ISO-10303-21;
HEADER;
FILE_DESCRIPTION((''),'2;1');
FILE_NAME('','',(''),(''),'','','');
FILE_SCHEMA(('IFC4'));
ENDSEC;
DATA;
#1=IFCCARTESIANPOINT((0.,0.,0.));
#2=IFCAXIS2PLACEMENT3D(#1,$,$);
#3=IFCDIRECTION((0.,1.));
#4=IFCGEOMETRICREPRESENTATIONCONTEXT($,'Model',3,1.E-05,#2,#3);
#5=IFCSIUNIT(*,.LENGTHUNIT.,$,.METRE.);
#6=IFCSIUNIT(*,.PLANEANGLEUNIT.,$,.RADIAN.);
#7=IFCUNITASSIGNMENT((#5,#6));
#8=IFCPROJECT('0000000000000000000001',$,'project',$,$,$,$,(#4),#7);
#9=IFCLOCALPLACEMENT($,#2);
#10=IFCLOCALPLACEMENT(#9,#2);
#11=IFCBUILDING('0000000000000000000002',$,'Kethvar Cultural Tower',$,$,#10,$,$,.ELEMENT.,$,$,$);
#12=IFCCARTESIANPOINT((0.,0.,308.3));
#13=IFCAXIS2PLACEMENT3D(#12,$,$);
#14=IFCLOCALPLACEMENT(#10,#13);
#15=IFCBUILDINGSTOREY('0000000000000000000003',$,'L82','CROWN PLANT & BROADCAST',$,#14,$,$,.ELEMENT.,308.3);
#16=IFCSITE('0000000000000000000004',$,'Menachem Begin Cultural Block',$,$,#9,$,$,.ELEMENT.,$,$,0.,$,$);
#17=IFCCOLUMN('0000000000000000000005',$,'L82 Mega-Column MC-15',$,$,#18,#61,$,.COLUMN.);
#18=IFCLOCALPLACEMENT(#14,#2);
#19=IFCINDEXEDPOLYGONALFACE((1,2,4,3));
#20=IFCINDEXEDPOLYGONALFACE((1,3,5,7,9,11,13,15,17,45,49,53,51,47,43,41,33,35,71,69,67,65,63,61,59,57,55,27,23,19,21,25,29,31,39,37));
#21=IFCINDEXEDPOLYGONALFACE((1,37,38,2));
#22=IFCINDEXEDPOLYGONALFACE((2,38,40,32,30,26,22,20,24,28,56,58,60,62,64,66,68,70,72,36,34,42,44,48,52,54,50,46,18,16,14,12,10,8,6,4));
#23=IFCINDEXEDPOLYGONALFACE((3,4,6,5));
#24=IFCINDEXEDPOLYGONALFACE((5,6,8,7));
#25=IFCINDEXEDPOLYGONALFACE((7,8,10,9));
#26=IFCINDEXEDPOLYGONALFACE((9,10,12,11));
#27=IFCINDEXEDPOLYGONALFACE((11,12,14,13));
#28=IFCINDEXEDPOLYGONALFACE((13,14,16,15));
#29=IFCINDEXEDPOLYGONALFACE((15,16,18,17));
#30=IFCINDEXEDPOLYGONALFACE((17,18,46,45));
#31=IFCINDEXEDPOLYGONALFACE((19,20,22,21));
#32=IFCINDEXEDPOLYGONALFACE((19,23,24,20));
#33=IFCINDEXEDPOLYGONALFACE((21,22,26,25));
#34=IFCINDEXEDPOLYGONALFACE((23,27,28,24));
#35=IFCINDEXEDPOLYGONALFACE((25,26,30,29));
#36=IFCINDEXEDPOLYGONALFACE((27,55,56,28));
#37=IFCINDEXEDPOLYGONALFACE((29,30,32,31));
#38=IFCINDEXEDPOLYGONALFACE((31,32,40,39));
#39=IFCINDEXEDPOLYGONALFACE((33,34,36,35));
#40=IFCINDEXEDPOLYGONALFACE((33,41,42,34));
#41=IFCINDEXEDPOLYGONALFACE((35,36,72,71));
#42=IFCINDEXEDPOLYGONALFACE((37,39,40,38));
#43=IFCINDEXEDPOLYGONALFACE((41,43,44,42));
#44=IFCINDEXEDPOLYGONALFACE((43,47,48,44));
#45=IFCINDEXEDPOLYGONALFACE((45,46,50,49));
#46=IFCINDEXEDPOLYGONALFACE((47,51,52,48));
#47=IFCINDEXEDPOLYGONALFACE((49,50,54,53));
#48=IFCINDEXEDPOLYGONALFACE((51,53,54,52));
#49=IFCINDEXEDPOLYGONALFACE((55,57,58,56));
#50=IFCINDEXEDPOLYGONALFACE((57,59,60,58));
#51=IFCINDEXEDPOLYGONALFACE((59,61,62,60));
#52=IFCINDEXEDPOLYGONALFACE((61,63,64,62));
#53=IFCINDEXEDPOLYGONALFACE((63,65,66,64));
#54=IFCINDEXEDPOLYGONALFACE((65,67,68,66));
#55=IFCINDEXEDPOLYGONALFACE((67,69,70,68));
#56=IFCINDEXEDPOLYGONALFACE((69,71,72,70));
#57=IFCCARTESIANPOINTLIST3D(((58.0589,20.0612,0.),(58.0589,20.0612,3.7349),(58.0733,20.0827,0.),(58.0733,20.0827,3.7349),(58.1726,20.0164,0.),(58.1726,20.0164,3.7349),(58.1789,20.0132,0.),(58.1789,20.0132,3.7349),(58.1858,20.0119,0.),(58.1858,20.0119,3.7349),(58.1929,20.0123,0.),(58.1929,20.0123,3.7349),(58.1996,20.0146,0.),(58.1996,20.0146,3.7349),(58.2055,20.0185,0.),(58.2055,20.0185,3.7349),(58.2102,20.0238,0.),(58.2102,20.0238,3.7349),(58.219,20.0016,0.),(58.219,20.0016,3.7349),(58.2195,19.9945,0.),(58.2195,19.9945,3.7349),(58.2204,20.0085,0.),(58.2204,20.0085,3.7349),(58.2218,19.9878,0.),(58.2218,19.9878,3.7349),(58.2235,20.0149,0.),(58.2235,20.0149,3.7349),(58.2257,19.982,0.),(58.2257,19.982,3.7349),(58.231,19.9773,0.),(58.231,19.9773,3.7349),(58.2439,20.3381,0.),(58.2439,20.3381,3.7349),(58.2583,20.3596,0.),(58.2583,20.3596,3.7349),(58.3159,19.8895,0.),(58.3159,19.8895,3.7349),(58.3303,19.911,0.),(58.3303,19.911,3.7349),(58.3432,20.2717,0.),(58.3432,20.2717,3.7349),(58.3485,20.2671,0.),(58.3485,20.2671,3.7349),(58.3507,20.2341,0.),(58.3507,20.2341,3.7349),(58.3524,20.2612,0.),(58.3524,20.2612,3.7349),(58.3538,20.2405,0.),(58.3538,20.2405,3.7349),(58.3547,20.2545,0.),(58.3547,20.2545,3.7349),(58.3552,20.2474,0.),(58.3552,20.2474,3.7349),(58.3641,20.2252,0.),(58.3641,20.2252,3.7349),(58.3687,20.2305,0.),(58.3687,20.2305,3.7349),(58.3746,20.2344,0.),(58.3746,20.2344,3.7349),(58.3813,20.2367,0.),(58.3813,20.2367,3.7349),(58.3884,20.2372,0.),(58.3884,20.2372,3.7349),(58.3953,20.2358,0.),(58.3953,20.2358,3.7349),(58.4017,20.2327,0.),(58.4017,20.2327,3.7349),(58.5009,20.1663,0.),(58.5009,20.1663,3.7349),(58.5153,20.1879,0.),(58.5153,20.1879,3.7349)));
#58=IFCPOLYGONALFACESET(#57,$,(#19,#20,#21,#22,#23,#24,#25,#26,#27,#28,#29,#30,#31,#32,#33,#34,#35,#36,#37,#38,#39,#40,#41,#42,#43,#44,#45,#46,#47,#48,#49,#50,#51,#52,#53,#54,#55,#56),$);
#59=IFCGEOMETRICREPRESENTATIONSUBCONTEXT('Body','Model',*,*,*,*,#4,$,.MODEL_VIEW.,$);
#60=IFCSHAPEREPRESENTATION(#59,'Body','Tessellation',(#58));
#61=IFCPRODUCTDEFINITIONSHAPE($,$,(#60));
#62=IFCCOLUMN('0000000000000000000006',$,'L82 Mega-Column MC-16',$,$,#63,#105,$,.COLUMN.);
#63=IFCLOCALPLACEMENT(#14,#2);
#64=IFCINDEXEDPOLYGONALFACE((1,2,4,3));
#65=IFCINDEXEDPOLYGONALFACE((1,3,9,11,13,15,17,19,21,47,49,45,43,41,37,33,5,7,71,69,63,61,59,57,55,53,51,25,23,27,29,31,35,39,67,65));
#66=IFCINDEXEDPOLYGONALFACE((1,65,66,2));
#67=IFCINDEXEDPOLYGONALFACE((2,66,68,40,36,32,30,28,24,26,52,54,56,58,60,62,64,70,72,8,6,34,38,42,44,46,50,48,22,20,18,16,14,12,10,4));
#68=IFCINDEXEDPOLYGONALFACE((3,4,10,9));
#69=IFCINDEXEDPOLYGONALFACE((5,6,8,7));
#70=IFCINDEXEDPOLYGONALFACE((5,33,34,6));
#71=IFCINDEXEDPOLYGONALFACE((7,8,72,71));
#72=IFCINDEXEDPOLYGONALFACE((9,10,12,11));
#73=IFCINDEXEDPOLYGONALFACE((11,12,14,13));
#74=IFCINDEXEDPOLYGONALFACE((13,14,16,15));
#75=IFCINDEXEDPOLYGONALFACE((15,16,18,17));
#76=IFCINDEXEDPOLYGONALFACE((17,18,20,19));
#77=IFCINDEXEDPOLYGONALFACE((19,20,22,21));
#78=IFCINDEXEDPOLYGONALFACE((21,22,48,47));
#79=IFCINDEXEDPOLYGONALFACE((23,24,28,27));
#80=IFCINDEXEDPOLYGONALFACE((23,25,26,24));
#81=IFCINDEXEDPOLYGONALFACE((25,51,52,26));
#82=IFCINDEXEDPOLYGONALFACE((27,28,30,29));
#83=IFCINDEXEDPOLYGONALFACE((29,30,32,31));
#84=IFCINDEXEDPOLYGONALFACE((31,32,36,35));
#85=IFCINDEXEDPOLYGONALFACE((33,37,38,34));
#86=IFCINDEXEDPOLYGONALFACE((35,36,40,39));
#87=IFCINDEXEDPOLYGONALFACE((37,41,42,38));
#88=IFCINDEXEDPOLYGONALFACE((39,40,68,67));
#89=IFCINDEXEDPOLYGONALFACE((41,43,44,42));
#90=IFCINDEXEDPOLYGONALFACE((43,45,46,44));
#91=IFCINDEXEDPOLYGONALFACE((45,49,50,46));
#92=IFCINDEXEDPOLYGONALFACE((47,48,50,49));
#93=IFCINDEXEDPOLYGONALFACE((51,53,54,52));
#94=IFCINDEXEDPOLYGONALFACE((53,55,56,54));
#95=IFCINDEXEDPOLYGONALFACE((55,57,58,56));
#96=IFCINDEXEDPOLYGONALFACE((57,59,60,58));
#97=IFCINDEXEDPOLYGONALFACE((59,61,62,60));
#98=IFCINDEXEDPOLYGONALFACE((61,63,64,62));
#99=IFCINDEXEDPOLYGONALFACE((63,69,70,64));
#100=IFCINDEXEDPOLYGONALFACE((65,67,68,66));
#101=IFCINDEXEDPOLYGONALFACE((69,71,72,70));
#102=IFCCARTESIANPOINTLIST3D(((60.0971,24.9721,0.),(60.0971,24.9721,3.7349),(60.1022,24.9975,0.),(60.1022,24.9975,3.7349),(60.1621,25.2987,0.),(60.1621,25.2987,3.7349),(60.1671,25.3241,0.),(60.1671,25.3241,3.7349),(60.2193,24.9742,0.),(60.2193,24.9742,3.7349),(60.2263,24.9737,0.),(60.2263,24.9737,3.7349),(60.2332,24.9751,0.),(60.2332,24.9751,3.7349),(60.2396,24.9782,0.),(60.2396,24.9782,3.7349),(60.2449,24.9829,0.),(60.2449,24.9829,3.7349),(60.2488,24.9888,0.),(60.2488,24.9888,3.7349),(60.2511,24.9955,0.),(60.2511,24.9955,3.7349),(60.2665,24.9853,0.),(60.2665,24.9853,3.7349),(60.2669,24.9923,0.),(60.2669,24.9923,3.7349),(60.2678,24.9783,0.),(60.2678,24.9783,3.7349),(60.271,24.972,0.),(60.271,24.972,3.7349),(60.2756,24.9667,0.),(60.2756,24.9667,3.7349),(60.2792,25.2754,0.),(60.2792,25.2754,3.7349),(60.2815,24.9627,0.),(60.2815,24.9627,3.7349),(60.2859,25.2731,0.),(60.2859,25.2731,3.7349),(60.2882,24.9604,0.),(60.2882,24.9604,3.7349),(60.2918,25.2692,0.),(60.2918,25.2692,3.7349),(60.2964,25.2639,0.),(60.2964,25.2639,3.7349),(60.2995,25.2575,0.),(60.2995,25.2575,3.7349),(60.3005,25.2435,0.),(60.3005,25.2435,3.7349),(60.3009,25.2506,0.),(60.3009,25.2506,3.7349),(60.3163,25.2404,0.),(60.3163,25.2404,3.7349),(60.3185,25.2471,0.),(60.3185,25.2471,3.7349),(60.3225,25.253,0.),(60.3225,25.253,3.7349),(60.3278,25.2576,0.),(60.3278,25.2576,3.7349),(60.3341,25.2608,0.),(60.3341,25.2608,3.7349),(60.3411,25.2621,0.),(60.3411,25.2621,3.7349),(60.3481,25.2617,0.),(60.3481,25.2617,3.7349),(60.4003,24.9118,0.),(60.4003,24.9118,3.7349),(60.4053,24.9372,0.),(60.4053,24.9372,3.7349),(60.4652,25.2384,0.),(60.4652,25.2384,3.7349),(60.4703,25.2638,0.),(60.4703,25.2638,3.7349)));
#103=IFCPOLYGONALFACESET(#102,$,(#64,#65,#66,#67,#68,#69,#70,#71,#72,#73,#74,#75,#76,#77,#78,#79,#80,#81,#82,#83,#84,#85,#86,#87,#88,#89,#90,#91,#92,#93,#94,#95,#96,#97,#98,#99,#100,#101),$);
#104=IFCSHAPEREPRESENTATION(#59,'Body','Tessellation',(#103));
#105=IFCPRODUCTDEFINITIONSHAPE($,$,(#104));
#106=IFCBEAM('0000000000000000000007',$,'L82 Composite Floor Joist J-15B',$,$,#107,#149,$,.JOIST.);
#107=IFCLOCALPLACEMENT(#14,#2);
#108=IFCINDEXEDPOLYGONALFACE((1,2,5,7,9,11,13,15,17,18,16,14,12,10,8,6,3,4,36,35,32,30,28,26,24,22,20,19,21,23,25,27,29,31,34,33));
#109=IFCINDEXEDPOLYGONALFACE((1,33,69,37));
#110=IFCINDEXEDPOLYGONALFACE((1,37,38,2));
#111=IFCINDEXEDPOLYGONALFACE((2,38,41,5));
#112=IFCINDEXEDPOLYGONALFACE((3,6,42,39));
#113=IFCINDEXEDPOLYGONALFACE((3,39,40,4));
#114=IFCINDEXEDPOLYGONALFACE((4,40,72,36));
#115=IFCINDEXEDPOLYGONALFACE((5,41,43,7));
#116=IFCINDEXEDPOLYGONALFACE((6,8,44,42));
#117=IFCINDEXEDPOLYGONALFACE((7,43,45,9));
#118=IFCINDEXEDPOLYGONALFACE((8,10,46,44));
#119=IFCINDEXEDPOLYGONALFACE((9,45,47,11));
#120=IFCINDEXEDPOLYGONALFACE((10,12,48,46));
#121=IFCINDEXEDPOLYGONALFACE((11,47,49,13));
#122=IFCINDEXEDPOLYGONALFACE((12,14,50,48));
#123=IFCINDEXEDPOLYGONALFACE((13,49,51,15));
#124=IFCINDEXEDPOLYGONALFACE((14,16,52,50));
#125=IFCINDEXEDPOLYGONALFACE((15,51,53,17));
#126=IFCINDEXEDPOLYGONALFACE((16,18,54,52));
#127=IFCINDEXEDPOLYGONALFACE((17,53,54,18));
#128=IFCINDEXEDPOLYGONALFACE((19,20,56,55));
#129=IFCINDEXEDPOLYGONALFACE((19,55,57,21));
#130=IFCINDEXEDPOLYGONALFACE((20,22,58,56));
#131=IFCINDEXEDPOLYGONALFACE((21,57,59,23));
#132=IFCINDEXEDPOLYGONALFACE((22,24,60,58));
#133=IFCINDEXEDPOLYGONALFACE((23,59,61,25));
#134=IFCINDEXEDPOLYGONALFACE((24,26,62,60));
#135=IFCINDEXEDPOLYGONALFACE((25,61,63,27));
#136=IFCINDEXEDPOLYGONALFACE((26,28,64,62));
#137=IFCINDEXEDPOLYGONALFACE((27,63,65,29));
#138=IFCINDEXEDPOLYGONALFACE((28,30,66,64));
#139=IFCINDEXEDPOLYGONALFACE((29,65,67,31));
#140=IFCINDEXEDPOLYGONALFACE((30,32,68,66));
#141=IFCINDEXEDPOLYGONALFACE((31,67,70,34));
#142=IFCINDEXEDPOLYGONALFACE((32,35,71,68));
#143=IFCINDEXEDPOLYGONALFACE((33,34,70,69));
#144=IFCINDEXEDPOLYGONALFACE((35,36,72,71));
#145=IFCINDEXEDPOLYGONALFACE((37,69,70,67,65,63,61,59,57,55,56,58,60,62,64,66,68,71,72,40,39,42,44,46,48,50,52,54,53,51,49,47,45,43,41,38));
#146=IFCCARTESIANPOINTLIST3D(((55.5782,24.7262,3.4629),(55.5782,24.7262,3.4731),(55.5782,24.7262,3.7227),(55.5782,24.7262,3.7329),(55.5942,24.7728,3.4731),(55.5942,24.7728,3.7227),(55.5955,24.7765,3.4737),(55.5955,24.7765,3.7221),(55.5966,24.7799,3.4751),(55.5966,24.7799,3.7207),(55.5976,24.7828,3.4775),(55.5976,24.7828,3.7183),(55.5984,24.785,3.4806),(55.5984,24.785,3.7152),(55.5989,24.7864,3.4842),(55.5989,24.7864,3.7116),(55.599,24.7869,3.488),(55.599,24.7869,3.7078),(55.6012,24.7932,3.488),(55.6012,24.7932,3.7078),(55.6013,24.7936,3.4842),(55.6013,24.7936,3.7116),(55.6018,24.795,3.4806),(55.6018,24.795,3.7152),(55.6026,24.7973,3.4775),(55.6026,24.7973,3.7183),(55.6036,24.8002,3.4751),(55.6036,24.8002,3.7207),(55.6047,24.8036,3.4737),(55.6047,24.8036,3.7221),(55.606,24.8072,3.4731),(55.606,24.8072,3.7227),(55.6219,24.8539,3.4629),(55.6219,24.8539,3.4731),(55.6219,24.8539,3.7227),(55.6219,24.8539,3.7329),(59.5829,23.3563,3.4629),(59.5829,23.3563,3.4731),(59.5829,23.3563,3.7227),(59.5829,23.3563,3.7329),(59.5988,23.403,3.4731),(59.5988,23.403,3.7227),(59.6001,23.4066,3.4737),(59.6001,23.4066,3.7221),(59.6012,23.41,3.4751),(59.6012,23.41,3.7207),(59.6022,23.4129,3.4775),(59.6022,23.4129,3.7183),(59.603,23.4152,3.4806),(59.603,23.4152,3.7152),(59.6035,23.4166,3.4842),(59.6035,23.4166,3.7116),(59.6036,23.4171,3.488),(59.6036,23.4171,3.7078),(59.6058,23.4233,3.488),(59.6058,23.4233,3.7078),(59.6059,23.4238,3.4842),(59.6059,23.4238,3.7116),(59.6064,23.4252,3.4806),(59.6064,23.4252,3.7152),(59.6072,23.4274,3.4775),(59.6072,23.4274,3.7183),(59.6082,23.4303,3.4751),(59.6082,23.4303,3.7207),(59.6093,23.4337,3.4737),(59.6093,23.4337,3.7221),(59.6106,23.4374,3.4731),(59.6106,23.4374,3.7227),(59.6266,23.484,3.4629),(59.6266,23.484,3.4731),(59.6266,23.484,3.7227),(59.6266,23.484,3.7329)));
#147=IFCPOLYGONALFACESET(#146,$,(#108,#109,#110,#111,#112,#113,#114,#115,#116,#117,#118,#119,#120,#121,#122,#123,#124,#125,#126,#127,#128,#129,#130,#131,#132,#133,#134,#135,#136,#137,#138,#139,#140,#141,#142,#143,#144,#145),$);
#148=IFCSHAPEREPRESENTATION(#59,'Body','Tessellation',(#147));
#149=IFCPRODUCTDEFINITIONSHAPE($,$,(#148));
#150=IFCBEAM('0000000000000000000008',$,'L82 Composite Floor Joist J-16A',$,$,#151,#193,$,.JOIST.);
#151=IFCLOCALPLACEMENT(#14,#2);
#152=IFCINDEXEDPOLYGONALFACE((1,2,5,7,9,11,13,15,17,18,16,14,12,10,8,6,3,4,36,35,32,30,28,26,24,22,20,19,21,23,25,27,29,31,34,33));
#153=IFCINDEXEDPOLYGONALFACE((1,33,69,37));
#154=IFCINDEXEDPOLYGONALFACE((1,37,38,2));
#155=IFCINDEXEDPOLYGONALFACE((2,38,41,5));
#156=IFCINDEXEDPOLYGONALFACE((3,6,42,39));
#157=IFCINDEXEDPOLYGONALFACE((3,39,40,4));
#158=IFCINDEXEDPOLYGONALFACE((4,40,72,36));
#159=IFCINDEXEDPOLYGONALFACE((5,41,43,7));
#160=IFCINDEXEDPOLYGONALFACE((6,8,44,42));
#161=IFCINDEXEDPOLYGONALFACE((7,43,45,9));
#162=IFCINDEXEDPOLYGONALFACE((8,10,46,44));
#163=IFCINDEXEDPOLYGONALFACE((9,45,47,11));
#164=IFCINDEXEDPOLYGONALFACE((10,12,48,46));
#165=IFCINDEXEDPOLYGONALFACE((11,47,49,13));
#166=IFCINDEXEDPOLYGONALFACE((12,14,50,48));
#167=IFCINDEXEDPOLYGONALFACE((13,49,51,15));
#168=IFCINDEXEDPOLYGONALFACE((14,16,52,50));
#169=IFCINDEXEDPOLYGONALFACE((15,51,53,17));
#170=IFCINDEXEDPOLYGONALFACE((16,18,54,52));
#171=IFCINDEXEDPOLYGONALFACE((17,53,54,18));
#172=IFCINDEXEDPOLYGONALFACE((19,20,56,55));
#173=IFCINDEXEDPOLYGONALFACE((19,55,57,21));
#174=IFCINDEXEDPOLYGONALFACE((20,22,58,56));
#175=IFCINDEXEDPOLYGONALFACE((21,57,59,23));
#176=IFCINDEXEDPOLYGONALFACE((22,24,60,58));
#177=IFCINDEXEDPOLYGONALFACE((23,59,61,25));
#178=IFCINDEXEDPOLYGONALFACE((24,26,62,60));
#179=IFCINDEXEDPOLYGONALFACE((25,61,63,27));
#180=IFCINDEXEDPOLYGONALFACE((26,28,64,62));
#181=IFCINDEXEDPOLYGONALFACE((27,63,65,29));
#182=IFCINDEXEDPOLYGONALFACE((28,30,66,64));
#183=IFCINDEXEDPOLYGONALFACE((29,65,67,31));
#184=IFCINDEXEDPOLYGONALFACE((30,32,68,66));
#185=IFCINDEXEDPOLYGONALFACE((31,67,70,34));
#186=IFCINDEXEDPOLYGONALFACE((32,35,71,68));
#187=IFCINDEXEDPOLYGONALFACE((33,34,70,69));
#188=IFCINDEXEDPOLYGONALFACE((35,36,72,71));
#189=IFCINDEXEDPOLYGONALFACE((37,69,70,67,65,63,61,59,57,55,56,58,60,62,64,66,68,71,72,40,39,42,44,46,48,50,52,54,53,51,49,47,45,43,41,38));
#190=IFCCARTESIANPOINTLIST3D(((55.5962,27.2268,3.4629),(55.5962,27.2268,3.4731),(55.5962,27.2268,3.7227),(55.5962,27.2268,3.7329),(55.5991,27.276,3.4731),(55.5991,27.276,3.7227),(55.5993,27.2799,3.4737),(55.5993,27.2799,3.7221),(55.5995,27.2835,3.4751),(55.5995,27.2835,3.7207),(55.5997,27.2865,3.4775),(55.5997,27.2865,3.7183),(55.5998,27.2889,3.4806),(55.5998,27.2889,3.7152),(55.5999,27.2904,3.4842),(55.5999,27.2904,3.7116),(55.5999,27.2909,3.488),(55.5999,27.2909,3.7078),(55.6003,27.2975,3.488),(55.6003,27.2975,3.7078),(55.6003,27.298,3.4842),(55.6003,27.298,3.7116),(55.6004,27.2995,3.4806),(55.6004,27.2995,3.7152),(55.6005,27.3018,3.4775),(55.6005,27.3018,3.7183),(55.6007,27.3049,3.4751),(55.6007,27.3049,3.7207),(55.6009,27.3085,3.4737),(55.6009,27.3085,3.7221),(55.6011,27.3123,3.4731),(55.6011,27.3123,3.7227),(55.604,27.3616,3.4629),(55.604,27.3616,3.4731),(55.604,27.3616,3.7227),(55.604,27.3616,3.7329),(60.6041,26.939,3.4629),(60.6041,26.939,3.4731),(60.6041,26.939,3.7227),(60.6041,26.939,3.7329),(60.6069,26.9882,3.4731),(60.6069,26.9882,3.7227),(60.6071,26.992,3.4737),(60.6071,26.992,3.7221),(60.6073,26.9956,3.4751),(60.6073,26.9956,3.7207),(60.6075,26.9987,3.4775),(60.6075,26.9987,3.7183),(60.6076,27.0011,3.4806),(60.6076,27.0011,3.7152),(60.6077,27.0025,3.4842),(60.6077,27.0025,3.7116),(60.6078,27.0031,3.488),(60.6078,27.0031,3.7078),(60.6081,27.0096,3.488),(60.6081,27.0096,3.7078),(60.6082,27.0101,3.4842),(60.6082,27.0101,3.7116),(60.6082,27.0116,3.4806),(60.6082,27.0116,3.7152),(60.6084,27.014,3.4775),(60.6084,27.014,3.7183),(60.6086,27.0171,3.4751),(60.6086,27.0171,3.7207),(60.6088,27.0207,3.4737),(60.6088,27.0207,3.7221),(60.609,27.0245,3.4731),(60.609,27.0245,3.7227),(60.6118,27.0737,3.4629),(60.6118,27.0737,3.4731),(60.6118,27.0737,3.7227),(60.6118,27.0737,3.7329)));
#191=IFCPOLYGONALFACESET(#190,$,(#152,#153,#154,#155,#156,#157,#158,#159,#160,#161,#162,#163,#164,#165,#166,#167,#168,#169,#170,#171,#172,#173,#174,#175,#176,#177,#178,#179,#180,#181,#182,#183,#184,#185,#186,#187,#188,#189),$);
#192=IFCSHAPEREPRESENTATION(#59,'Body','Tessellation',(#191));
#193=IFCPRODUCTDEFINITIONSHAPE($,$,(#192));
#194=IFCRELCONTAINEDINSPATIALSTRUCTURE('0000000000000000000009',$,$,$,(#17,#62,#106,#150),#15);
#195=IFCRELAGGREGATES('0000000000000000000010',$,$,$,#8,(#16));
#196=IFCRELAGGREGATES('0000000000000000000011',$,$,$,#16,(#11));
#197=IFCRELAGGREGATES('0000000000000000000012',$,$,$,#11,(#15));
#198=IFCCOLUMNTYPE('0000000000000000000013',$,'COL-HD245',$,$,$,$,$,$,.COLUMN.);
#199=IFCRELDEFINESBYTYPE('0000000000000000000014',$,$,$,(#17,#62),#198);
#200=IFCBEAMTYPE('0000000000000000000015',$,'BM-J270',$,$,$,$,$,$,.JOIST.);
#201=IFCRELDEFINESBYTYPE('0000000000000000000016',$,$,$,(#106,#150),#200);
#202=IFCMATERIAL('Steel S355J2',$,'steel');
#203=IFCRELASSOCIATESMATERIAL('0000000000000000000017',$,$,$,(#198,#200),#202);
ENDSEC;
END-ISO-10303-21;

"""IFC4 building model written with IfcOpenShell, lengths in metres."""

from ifc_helpers import new_model, si_unit, direction, frame, origin, origin_2d, place, context, subcontext, project, spatial, i_section, extrude, source, transform, mapped, material, material_profile, profile_set, type_object, element, save


model = new_model("IFC4")

# Units and contexts
model_context = context("Model", 3, precision=1e-05, world=origin(), true_north=direction((0.0, 1.0)))
body_context = subcontext(model_context, "Body", "Model", "MODEL_VIEW")
ifc_project = project(units=[si_unit("LENGTHUNIT", "METRE"), si_unit("PLANEANGLEUNIT", "RADIAN")], contexts=[model_context])

# Site, building, storey
site_placement = place(None, origin())
site = spatial("IfcSite", under=ifc_project, at=site_placement, Name="Menachem Begin Cultural Block", CompositionType="ELEMENT", RefElevation=0.0)
building_placement = place(site_placement, origin())
building = spatial("IfcBuilding", under=site, at=building_placement, Name="Kethvar Cultural Tower", CompositionType="ELEMENT")
storey_placement = place(building_placement, frame((0.0, 0.0, 308.3)))
storey = spatial("IfcBuildingStorey", under=building, at=storey_placement, Name="L82", Description="CROWN PLANT & BROADCAST", CompositionType="ELEMENT", Elevation=308.3)

# Columns
ifc_material_1 = material(Name="Steel S355J2", Category="steel")
ifc_material_profile_1 = material_profile(ifc_material_1, i_section(OverallWidth=0.3091, OverallDepth=0.3589, WebThickness=0.0161, FlangeThickness=0.0259, FilletRadius=0.0271, at=origin_2d()), Name="Steel S355J2 — HD320x245")
ifc_profile_set_1 = profile_set([ifc_material_profile_1], Name="Steel S355J2 — HD320x245")
column_type = type_object("IfcColumnType", Name="COL-HD245", PredefinedType="COLUMN", material=ifc_profile_set_1)
shared_shape_1 = source(origin(), body_context, "Body", "SweptSolid", [
    extrude(i_section(OverallWidth=0.3091, OverallDepth=0.3589, WebThickness=0.0161, FlangeThickness=0.0259, FilletRadius=0.0271, at=origin_2d()), origin(), (0.0, 0.0, 1.0), 3.7349),
])
for number, where, z_axis, x_axis, name in (
    (1, (58.2871, 20.1245, 0.0), (0.0, 0.0, 1.0), (0.83147, -0.55557, 0.0), "L82 Mega-Column MC-15"),
    (2, (60.2837, 25.1179, 0.0), (0.0, 0.0, 1.0), (0.980785, -0.19509, 0.0), "L82 Mega-Column MC-16"),
):
    element("IfcColumn", number, at=place(storey_placement, frame(where, z_axis=z_axis, x_axis=x_axis)), inside=storey, type_object=column_type, Name=name, PredefinedType="COLUMN", context=body_context, shape_type="MappedRepresentation", body=[
        mapped(shared_shape_1, transform((0.0, 0.0, 0.0), scale=1.0)),
    ])

# Beams
ifc_material_profile_2 = material_profile(ifc_material_1, i_section(OverallWidth=0.135, OverallDepth=0.27, WebThickness=0.0066, FlangeThickness=0.0103, FilletRadius=0.0149, at=origin_2d()), Name="Steel S355J2 — IPE270")
ifc_profile_set_2 = profile_set([ifc_material_profile_2], Name="Steel S355J2 — IPE270")
beam_type_1 = type_object("IfcBeamType", Name="BM-J270", PredefinedType="JOIST", material=ifc_profile_set_2)
shared_shape_2 = source(origin(), body_context, "Body", "SweptSolid", [
    extrude(i_section(OverallWidth=0.135, OverallDepth=0.27, WebThickness=0.0066, FlangeThickness=0.0103, FilletRadius=0.0149, at=origin_2d()), origin(), (0.0, 0.0, 1.0), 4.2324),
])
beam_1_placement = place(storey_placement, frame((55.6001, 24.79, 3.5979), z_axis=(0.946174, -0.323659, 0.0), x_axis=(0.323659, 0.946174, 0.0)))
element("IfcBeam", 3, at=beam_1_placement, inside=storey, type_object=beam_type_1, Name="L82 Composite Floor Joist J-15B", PredefinedType="JOIST", context=body_context, shape_type="MappedRepresentation", body=[
    mapped(shared_shape_2, transform((0.0, 0.0, 0.0), scale=1.0)),
])
shared_shape_3 = source(origin(), body_context, "Body", "SweptSolid", [
    extrude(i_section(OverallWidth=0.135, OverallDepth=0.27, WebThickness=0.0066, FlangeThickness=0.0103, FilletRadius=0.0149, at=origin_2d()), origin(), (0.0, 0.0, 1.0), 5.0161),
])
beam_2_placement = place(storey_placement, frame((55.6001, 27.2942, 3.5979), z_axis=(0.998352, -0.057384, 0.0), x_axis=(0.057384, 0.998352, 0.0)))
element("IfcBeam", 4, at=beam_2_placement, inside=storey, type_object=beam_type_1, Name="L82 Composite Floor Joist J-16A", PredefinedType="JOIST", context=body_context, shape_type="MappedRepresentation", body=[
    mapped(shared_shape_3, transform((0.0, 0.0, 0.0), scale=1.0)),
])

save(model, "model.ifc")
